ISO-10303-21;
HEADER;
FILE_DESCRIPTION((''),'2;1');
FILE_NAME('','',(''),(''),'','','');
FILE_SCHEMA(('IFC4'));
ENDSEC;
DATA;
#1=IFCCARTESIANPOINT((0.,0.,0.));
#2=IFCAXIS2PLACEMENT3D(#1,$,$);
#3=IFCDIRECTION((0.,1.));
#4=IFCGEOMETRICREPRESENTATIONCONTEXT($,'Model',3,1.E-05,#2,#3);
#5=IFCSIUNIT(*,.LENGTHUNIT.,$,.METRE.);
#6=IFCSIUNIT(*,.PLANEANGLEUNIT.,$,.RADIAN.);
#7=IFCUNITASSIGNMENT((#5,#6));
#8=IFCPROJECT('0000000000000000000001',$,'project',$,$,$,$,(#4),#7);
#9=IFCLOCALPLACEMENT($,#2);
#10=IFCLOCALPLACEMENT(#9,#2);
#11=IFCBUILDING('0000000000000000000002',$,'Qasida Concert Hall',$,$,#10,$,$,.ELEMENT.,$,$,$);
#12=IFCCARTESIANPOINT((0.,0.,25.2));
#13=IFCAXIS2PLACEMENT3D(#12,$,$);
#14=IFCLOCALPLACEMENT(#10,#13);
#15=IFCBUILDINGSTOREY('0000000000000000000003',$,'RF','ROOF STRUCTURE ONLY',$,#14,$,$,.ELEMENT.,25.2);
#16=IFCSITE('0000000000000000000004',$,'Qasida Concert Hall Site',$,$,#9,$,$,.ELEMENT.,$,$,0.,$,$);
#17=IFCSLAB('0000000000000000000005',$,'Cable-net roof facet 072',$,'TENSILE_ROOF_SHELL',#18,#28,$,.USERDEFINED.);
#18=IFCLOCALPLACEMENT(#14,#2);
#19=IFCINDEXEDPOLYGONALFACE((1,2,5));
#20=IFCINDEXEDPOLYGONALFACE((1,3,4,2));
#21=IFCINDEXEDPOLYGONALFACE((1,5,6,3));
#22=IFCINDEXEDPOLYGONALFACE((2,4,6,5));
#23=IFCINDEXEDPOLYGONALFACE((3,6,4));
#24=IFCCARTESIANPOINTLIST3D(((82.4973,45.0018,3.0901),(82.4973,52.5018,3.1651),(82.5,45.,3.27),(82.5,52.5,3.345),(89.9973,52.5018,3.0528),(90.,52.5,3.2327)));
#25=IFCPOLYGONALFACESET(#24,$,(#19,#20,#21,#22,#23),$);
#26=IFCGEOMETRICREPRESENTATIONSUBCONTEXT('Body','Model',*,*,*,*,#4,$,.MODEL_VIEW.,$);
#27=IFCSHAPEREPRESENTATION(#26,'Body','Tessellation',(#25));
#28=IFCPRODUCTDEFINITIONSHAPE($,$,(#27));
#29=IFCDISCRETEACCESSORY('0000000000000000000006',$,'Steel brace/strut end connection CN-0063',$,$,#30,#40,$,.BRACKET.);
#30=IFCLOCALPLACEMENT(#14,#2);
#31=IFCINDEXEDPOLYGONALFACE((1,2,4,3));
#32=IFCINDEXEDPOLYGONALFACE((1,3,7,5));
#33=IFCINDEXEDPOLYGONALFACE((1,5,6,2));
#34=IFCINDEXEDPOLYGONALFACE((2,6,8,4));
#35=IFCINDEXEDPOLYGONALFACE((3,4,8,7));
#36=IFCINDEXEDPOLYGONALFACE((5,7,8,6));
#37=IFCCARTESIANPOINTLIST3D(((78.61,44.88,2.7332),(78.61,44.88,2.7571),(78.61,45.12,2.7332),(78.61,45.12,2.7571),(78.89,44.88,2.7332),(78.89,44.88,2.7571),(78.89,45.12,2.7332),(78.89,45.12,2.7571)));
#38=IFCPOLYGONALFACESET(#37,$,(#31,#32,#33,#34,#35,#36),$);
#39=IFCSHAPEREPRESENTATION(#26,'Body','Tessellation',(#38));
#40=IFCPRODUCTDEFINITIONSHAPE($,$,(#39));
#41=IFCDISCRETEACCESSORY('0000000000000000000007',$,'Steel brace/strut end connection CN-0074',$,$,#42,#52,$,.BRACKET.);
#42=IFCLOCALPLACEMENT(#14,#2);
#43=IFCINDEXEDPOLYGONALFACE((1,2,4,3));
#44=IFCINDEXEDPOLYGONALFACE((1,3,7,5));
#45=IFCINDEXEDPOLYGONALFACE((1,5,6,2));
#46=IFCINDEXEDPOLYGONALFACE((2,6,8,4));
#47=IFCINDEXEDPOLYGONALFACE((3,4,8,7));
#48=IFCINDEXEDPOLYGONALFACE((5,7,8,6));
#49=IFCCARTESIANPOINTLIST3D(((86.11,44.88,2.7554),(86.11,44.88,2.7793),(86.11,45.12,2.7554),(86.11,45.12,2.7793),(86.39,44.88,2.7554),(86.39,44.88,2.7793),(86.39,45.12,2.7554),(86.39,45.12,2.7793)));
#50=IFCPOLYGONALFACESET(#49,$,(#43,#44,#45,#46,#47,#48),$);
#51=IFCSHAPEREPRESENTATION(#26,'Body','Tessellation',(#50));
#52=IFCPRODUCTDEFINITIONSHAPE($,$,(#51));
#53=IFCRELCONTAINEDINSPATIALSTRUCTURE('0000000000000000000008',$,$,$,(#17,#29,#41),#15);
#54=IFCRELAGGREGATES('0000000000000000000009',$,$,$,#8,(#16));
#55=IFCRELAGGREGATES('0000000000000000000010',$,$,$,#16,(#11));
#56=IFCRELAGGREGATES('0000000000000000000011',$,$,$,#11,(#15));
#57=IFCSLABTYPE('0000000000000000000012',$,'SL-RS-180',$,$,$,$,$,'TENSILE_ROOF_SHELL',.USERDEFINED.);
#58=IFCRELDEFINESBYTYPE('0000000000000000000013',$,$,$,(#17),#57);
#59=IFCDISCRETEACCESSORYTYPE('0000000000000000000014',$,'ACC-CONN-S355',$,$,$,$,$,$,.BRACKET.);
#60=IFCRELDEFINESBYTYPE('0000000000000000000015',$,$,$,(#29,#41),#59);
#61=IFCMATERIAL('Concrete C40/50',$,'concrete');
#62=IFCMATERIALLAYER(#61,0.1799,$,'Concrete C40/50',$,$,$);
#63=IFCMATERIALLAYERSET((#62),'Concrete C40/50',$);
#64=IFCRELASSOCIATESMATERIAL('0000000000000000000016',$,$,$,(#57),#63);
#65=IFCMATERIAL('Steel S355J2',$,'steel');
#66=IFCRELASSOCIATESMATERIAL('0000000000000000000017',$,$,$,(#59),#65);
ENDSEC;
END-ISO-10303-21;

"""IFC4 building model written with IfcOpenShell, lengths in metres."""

from ifc_helpers import new_model, si_unit, direction, frame, origin, origin_2d, place, context, subcontext, project, spatial, polyline, rectangle, outline, extrude, material, layer, layer_set, type_object, element, save


model = new_model("IFC4")

# Units and contexts
model_context = context("Model", 3, precision=1e-05, world=origin(), true_north=direction((0.0, 1.0)))
body_context = subcontext(model_context, "Body", "Model", "MODEL_VIEW")
ifc_project = project(units=[si_unit("LENGTHUNIT", "METRE"), si_unit("PLANEANGLEUNIT", "RADIAN")], contexts=[model_context])

# Site, building, storey
site_placement = place(None, origin())
site = spatial("IfcSite", under=ifc_project, at=site_placement, Name="Qasida Concert Hall Site", CompositionType="ELEMENT", RefElevation=0.0)
building_placement = place(site_placement, origin())
building = spatial("IfcBuilding", under=site, at=building_placement, Name="Qasida Concert Hall", CompositionType="ELEMENT")
storey_placement = place(building_placement, frame((0.0, 0.0, 25.2)))
storey = spatial("IfcBuildingStorey", under=building, at=storey_placement, Name="RF", Description="ROOF STRUCTURE ONLY", CompositionType="ELEMENT", Elevation=25.2)

# Shared definitions
ifc_material_1 = material(Name="Steel S355J2", Category="steel")

# Slab
ifc_material_2 = material(Name="Concrete C40/50", Category="concrete")
ifc_layer_1 = layer(ifc_material_2, 0.1799, Name="Concrete C40/50")
ifc_layer_set_1 = layer_set([ifc_layer_1], Name="Concrete C40/50")
slab_type = type_object("IfcSlabType", Name="SL-RS-180", ElementType="TENSILE_ROOF_SHELL", PredefinedType="USERDEFINED", material=ifc_layer_set_1)
slab_1_placement = place(storey_placement, frame((82.5, 45.0, 3.27), z_axis=(0.014972, -0.009992, 0.999838), x_axis=(0.707102, 0.707102, -0.003522)))
element("IfcSlab", 1, at=slab_1_placement, inside=storey, type_object=slab_type, Name="Cable-net roof facet 072", ObjectType="TENSILE_ROOF_SHELL", PredefinedType="USERDEFINED", context=body_context, shape_type="SweptSolid", body=[
    extrude(outline(polyline([(0.0, 0.0), (10.6067, 0.0), (5.303, 5.3041), (0.0, 0.0)])), origin(), (0.0, 0.0, -1.0), 0.1799),
])

# Discrete accessories
discrete_accessory_type = type_object("IfcDiscreteAccessoryType", Name="ACC-CONN-S355", PredefinedType="BRACKET", material=ifc_material_1)
for number, where, z_axis, x_axis, name in (
    (2, (78.75, 45.0, 2.7332), (0.0, 0.0, 1.0), (1.0, 0.0, 0.0), "Steel brace/strut end connection CN-0063"),
    (3, (86.25, 45.0, 2.7554), (0.0, 0.0, 1.0), (1.0, 0.0, 0.0), "Steel brace/strut end connection CN-0074"),
):
    element("IfcDiscreteAccessory", number, at=place(storey_placement, frame(where, z_axis=z_axis, x_axis=x_axis)), inside=storey, type_object=discrete_accessory_type, Name=name, PredefinedType="BRACKET", context=body_context, shape_type="SweptSolid", body=[
        extrude(rectangle(XDim=0.28, YDim=0.24, at=origin_2d()), origin(), (0.0, 0.0, 1.0), 0.0239),
    ])

save(model, "model.ifc")
